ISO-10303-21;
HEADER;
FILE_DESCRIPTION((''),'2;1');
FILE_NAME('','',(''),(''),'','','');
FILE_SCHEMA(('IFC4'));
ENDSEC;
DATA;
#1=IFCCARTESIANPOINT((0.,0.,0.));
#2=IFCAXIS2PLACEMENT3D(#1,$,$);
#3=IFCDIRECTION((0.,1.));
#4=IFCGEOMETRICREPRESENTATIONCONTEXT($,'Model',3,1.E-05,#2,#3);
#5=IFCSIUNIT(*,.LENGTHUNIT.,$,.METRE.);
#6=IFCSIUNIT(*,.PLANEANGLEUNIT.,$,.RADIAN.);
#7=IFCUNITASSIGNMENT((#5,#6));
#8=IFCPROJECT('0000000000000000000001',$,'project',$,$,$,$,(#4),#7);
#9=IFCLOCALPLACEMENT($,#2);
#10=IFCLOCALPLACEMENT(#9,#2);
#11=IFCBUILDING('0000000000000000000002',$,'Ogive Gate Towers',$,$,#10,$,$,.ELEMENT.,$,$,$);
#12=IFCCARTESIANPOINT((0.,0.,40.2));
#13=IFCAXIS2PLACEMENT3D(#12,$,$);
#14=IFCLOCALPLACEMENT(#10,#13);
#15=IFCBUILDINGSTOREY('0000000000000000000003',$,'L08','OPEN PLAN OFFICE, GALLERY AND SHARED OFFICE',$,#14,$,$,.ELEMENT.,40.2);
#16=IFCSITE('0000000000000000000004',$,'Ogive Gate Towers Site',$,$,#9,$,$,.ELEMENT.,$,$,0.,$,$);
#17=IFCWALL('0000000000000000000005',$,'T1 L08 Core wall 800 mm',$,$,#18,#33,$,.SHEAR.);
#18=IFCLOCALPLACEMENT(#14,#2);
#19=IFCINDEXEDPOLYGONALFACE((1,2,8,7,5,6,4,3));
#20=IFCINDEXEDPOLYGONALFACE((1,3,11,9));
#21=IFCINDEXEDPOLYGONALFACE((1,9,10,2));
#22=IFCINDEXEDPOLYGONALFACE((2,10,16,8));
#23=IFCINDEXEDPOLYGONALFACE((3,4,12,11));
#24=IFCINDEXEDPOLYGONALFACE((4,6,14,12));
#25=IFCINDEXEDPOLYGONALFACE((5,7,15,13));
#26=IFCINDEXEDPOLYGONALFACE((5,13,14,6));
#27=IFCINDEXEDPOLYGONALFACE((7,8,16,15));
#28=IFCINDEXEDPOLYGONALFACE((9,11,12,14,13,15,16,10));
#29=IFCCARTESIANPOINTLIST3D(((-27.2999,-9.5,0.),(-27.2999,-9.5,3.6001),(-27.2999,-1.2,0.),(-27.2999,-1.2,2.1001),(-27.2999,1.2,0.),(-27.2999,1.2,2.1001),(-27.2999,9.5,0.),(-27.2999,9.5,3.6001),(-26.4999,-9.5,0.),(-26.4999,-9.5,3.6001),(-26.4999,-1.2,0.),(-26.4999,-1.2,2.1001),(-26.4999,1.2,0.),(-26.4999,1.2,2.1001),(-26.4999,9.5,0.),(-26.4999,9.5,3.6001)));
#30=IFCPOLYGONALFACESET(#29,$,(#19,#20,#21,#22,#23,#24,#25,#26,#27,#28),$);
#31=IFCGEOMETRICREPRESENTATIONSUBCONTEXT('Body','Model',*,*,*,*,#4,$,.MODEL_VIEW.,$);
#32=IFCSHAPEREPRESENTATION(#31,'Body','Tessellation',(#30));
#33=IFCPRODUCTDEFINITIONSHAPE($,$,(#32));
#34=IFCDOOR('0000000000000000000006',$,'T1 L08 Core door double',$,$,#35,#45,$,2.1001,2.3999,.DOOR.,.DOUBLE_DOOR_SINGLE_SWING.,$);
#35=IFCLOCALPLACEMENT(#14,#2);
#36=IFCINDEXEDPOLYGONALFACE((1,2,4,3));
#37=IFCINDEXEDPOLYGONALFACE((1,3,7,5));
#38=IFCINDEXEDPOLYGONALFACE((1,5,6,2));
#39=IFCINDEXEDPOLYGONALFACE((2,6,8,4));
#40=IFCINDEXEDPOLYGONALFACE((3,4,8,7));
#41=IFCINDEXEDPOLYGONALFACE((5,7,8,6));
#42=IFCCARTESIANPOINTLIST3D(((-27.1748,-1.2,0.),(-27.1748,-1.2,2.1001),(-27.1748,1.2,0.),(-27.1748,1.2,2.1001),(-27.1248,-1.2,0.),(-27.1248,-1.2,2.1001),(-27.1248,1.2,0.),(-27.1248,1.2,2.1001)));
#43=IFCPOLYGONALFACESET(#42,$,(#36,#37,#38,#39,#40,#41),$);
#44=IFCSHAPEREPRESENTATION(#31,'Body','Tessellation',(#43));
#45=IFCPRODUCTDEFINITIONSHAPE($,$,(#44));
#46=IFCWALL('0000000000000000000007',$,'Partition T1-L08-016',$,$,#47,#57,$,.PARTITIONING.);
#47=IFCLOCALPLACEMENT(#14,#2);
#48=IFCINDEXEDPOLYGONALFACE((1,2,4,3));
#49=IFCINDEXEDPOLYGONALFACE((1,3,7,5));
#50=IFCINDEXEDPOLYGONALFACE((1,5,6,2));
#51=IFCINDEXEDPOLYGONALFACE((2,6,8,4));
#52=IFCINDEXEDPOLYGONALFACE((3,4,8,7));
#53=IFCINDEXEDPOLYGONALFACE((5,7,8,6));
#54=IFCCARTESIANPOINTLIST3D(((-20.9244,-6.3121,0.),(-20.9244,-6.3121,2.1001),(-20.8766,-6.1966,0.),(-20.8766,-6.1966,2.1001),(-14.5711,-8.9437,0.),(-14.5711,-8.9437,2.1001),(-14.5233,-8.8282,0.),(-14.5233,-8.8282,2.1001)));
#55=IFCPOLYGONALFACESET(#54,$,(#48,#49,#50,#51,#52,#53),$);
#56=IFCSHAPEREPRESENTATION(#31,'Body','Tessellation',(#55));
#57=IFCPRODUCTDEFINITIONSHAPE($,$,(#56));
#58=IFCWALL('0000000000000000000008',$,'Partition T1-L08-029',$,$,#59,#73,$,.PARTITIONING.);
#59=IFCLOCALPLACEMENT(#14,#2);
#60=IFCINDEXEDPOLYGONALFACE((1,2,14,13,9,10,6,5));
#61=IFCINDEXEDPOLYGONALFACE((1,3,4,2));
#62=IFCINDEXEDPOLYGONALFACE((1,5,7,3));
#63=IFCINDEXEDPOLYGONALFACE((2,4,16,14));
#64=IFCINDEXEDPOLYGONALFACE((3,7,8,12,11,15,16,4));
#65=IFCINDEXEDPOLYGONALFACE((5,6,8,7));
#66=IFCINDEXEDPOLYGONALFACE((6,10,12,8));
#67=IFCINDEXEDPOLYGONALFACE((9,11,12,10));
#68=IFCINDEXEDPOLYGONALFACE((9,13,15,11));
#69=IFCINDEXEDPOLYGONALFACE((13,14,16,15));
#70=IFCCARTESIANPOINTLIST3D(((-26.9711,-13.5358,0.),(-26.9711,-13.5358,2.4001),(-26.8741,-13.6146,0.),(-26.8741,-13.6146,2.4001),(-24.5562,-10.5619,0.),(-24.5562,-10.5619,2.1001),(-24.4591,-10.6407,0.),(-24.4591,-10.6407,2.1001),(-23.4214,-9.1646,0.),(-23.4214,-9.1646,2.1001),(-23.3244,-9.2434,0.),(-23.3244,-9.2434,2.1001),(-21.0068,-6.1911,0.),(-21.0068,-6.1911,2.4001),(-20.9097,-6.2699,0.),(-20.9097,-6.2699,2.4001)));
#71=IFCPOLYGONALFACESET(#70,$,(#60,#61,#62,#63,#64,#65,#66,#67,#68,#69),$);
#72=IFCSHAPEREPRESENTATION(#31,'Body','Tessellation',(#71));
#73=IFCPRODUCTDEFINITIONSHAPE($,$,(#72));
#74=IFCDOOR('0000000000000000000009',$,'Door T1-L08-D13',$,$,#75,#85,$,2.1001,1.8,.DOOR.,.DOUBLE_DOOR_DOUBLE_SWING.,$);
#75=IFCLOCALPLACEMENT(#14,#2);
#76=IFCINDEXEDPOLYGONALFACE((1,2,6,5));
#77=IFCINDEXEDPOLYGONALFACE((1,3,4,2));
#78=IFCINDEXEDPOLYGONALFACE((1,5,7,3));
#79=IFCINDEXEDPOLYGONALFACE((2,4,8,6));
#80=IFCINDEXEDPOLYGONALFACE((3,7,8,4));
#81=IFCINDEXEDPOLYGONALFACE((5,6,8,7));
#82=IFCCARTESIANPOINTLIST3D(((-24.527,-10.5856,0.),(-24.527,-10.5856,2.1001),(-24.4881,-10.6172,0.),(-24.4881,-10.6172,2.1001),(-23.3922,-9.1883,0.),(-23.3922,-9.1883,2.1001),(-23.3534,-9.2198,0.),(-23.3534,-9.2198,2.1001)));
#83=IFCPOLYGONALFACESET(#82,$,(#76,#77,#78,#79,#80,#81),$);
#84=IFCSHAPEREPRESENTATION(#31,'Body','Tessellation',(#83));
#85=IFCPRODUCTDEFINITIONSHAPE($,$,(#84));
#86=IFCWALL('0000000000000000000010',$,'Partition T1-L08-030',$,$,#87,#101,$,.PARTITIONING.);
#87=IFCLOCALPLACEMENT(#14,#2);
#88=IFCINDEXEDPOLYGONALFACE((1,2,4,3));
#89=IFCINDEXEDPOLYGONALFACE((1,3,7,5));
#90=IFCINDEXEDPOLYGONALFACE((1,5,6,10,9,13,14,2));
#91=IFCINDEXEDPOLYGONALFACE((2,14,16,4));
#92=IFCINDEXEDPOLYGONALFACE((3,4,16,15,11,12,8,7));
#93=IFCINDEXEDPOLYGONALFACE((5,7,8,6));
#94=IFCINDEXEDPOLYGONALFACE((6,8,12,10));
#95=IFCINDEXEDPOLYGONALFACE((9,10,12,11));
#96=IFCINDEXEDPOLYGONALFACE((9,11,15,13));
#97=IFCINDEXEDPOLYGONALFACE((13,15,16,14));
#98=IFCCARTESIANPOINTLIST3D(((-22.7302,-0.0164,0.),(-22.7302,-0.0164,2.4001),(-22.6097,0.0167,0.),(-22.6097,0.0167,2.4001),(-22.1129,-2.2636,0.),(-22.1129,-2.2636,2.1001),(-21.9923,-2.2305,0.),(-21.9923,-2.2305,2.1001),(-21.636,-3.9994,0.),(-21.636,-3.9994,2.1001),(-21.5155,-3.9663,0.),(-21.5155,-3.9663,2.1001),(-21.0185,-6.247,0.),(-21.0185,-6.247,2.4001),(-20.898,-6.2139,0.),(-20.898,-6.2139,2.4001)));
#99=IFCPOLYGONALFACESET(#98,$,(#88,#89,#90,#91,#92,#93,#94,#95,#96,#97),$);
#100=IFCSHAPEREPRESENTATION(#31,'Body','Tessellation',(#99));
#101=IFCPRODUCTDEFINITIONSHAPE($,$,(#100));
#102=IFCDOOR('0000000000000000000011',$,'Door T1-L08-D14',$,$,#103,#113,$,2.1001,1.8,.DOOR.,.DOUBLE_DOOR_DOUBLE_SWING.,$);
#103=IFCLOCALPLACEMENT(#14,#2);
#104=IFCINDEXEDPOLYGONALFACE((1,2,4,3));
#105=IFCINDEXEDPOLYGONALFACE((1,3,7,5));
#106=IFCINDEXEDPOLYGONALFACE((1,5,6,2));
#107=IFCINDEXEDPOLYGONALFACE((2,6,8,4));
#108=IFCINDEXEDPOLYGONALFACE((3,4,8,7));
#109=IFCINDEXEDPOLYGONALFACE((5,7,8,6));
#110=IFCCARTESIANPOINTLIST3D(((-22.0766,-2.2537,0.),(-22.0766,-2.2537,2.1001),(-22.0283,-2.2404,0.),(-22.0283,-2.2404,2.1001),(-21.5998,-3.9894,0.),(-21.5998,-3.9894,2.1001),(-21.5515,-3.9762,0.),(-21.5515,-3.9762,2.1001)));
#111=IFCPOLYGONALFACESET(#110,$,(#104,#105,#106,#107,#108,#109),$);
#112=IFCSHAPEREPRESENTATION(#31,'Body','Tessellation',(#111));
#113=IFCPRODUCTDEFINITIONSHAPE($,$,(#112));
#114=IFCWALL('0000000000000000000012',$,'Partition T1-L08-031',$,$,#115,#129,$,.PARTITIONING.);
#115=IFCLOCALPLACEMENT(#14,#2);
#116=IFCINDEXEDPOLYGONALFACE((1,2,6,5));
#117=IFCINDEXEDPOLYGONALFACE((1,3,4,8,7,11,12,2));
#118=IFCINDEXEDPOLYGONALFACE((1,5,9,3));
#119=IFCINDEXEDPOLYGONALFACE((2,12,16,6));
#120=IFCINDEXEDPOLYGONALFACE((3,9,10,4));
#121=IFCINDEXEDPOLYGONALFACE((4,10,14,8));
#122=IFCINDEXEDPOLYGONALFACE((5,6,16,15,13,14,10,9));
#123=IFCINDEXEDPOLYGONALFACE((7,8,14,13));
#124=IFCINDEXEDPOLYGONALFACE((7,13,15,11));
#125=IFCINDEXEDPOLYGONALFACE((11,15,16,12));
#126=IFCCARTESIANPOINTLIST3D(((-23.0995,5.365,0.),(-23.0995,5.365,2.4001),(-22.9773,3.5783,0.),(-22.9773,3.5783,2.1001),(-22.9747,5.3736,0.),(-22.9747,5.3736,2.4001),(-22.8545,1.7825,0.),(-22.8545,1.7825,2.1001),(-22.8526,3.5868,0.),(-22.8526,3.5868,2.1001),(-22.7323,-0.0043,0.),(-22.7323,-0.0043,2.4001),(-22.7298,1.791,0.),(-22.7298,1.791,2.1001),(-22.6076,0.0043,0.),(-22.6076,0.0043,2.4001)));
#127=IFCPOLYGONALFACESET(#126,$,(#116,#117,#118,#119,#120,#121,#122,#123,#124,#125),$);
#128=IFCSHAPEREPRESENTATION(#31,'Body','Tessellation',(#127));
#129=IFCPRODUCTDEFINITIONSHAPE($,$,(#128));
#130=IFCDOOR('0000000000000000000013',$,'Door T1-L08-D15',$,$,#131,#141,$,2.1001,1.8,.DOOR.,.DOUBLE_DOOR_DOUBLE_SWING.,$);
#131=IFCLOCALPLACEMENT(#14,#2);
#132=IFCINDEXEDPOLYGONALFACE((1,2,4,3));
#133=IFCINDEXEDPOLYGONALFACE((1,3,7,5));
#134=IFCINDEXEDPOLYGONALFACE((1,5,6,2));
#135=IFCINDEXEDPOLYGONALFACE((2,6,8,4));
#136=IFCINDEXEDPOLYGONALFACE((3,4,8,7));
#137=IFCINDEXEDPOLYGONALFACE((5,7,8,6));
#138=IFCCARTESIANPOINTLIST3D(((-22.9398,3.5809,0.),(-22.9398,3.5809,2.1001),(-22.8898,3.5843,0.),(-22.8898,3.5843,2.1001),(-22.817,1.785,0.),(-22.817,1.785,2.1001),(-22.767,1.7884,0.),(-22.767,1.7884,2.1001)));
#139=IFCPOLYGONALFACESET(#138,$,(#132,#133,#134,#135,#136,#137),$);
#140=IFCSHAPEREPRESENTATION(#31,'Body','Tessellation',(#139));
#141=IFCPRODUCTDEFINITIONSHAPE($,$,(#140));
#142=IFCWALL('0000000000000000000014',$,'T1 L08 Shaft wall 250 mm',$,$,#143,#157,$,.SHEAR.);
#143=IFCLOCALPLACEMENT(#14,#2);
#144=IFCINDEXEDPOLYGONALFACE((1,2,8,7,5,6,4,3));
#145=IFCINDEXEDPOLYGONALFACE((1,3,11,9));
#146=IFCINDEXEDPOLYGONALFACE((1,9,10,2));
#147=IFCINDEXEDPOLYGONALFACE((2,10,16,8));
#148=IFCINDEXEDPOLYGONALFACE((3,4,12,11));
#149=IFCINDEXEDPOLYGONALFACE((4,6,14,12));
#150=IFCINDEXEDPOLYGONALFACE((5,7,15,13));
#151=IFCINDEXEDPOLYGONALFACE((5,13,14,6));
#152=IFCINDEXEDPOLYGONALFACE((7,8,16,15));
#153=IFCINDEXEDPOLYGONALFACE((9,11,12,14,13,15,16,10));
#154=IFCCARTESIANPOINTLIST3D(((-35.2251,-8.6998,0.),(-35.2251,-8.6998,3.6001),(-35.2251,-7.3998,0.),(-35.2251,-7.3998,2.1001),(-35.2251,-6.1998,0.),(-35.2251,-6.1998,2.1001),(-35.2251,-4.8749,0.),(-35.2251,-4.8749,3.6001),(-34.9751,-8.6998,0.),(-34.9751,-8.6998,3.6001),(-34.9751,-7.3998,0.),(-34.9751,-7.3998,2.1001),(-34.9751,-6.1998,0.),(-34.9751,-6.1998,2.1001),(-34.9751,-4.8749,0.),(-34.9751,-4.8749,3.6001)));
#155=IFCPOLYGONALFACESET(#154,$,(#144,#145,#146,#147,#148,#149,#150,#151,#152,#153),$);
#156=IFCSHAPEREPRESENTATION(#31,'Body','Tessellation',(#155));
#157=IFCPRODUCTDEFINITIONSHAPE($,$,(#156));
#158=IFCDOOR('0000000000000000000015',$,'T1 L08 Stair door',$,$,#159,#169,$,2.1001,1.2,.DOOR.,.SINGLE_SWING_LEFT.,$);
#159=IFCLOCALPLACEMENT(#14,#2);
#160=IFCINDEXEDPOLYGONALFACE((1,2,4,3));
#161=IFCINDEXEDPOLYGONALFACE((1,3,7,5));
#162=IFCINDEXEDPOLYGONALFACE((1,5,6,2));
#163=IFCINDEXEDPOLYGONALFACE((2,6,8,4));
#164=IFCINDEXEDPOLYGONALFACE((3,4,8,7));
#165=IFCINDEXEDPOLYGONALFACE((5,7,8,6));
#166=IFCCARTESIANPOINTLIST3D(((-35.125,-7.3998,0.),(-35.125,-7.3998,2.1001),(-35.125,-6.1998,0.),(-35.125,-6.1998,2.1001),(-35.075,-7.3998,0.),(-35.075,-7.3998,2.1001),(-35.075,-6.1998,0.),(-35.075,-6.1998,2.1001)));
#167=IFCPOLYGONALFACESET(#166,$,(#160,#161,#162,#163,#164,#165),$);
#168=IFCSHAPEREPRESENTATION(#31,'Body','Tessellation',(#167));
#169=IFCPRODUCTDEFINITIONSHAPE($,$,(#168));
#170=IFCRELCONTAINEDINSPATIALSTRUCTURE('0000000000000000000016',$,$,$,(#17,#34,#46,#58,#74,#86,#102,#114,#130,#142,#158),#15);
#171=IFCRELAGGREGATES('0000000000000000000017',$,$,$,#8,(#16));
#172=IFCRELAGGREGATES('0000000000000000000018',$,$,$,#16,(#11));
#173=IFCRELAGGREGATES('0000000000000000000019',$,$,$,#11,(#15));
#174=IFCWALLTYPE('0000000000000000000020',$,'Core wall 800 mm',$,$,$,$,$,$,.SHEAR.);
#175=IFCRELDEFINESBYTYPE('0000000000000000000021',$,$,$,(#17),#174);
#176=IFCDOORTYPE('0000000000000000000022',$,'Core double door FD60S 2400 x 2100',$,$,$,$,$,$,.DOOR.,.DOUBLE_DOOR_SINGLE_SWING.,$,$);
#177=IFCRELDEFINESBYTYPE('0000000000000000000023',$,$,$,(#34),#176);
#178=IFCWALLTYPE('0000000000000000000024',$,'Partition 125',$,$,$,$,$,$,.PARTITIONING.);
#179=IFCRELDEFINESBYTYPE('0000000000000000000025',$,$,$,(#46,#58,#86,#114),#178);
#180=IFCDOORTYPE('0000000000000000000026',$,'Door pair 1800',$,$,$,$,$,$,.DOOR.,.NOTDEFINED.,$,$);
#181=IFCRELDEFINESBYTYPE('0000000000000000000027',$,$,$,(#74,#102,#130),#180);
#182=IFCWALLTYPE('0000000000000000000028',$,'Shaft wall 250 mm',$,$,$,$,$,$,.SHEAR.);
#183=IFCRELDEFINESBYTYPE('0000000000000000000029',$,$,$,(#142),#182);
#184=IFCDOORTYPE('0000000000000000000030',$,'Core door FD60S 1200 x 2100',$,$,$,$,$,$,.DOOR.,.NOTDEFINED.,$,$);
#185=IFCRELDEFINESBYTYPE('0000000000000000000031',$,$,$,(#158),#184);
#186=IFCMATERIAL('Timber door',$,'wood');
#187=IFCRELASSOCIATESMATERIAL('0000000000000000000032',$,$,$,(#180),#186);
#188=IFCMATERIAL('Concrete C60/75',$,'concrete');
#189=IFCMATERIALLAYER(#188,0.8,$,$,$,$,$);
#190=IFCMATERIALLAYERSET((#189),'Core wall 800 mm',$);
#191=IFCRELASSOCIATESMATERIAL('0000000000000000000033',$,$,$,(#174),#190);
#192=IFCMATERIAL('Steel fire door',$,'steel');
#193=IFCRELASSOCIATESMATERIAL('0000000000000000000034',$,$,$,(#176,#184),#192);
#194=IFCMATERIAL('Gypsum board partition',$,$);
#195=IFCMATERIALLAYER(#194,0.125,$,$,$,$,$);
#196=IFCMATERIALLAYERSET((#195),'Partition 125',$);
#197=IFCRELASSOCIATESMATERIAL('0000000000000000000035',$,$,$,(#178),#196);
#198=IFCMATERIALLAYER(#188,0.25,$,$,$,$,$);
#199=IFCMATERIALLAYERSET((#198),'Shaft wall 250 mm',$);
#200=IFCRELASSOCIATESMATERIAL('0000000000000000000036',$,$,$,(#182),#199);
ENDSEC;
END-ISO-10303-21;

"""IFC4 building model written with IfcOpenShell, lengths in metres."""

from ifc_helpers import new_model, si_unit, direction, frame, frame_2d, origin, place, context, subcontext, project, spatial, rectangle, extrude, material, layer, layer_set, type_object, element, fill, save


model = new_model("IFC4")

# Units and contexts
model_context = context("Model", 3, precision=1e-05, world=origin(), true_north=direction((0.0, 1.0)))
body_context = subcontext(model_context, "Body", "Model", "MODEL_VIEW")
ifc_project = project(units=[si_unit("LENGTHUNIT", "METRE"), si_unit("PLANEANGLEUNIT", "RADIAN")], contexts=[model_context])

# Site, building, storey
site_placement = place(None, origin())
site = spatial("IfcSite", under=ifc_project, at=site_placement, Name="Ogive Gate Towers Site", CompositionType="ELEMENT", RefElevation=0.0)
building_placement = place(site_placement, origin())
building = spatial("IfcBuilding", under=site, at=building_placement, Name="Ogive Gate Towers", CompositionType="ELEMENT")
storey_placement = place(building_placement, frame((0.0, 0.0, 40.2)))
storey = spatial("IfcBuildingStorey", under=building, at=storey_placement, Name="L08", Description="OPEN PLAN OFFICE, GALLERY AND SHARED OFFICE", CompositionType="ELEMENT", Elevation=40.2)

# Wall, opening, door
ifc_material_1 = material(Name="Timber door", Category="wood")
door_type_1 = type_object("IfcDoorType", Name="Door pair 1800", OperationType="NOTDEFINED", PredefinedType="DOOR", material=ifc_material_1)
ifc_material_2 = material(Name="Concrete C60/75", Category="concrete")
ifc_layer_1 = layer(ifc_material_2, 0.8)
ifc_layer_set_1 = layer_set([ifc_layer_1], Name="Core wall 800 mm")
wall_type_1 = type_object("IfcWallType", Name="Core wall 800 mm", PredefinedType="SHEAR", material=ifc_layer_set_1)
wall_1_placement = place(storey_placement, frame((-26.8999, -9.5, 0.0), z_axis=(0.0, 0.0, 1.0), x_axis=(0.0, 1.0, 0.0)))
wall_1 = element("IfcWall", 1, at=wall_1_placement, inside=storey, type_object=wall_type_1, Name="T1 L08 Core wall 800 mm", PredefinedType="SHEAR", context=body_context, shape_type="SweptSolid", body=[
    extrude(rectangle(XDim=19.0, YDim=0.8, at=frame_2d((9.5, 0.0))), origin(), (0.0, 0.0, 1.0), 3.6001),
])
opening_1_placement = place(wall_1_placement, frame((8.3, 0.0, 0.0)))
opening_1 = element("IfcOpeningElement", 2, at=opening_1_placement, cuts=wall_1, PredefinedType="OPENING", context=body_context, shape_type="SweptSolid", body=[
    extrude(rectangle(XDim=2.3999, YDim=2.1001, at=frame_2d((1.2, 1.05))), frame((0.0, 0.4102, 0.0), z_axis=(0.0, -1.0, 0.0), x_axis=(1.0, 0.0, 0.0)), (0.0, 0.0, 1.0), 0.8201),
])
ifc_material_3 = material(Name="Steel fire door", Category="steel")
door_type_2 = type_object("IfcDoorType", Name="Core double door FD60S 2400 x 2100", OperationType="DOUBLE_DOOR_SINGLE_SWING", PredefinedType="DOOR", material=ifc_material_3)
door_1_placement = place(opening_1_placement, origin())
door_1 = element("IfcDoor", 3, at=door_1_placement, inside=storey, type_object=door_type_2, Name="T1 L08 Core door double", OperationType="DOUBLE_DOOR_SINGLE_SWING", OverallHeight=2.1001, OverallWidth=2.3999, PredefinedType="DOOR", context=body_context, shape_type="SweptSolid", body=[
    extrude(rectangle(XDim=2.3999, YDim=2.1001, at=frame_2d((1.2, 1.05))), frame((0.0, 0.2749, 0.0), z_axis=(0.0, -1.0, 0.0), x_axis=(1.0, 0.0, 0.0)), (0.0, 0.0, 1.0), 0.05),
])
fill(opening_1, door_1)

# Wall
ifc_material_4 = material(Name="Gypsum board partition")
ifc_layer_2 = layer(ifc_material_4, 0.125)
ifc_layer_set_2 = layer_set([ifc_layer_2], Name="Partition 125")
wall_type_2 = type_object("IfcWallType", Name="Partition 125", PredefinedType="PARTITIONING", material=ifc_layer_set_2)
wall_2_placement = place(storey_placement, frame((-14.5471, -8.886, 0.0), z_axis=(0.0, 0.0, 1.0), x_axis=(-0.923881, 0.382681, 0.0)))
element("IfcWall", 4, at=wall_2_placement, inside=storey, type_object=wall_type_2, Name="Partition T1-L08-016", PredefinedType="PARTITIONING", context=body_context, shape_type="SweptSolid", body=[
    extrude(rectangle(XDim=6.8767, YDim=0.125, at=frame_2d((3.4385, 0.0))), origin(), (0.0, 0.0, 1.0), 2.1001),
])

# Walls, openings, doors
wall_3_placement = place(storey_placement, frame((-26.9226, -13.5752, 0.0), z_axis=(0.0, 0.0, 1.0), x_axis=(0.630387, 0.776281, 0.0)))
wall_3 = element("IfcWall", 5, at=wall_3_placement, inside=storey, type_object=wall_type_2, Name="Partition T1-L08-029", PredefinedType="PARTITIONING", context=body_context, shape_type="SweptSolid", body=[
    extrude(rectangle(XDim=9.4614, YDim=0.125, at=frame_2d((4.7307, 0.0))), origin(), (0.0, 0.0, 1.0), 2.4001),
])
opening_2_placement = place(wall_3_placement, frame((3.8311, 0.0, 0.0)))
opening_2 = element("IfcOpeningElement", 6, at=opening_2_placement, cuts=wall_3, PredefinedType="OPENING", context=body_context, shape_type="SweptSolid", body=[
    extrude(rectangle(XDim=1.8, YDim=2.1001, at=frame_2d((0.8999, 1.05))), frame((0.0, 0.0725, 0.0), z_axis=(0.0, -1.0, 0.0), x_axis=(1.0, 0.0, 0.0)), (0.0, 0.0, 1.0), 0.145),
])
door_2_placement = place(opening_2_placement, origin())
door_2 = element("IfcDoor", 7, at=door_2_placement, inside=storey, type_object=door_type_1, Name="Door T1-L08-D13", OperationType="DOUBLE_DOOR_DOUBLE_SWING", OverallHeight=2.1001, OverallWidth=1.8, PredefinedType="DOOR", context=body_context, shape_type="SweptSolid", body=[
    extrude(rectangle(XDim=1.8, YDim=2.1001, at=frame_2d((0.8999, 1.05))), frame((0.0, 0.0249, 0.0), z_axis=(0.0, -1.0, 0.0), x_axis=(1.0, 0.0, 0.0)), (0.0, 0.0, 1.0), 0.05),
])
fill(opening_2, door_2)
wall_4_placement = place(storey_placement, frame((-20.9583, -6.2305, 0.0), z_axis=(0.0, 0.0, 1.0), x_axis=(-0.264911, 0.964273, 0.0)))
wall_4 = element("IfcWall", 8, at=wall_4_placement, inside=storey, type_object=wall_type_2, Name="Partition T1-L08-030", PredefinedType="PARTITIONING", context=body_context, shape_type="SweptSolid", body=[
    extrude(rectangle(XDim=6.4614, YDim=0.125, at=frame_2d((3.2307, 0.0))), origin(), (0.0, 0.0, 1.0), 2.4001),
])
opening_3_placement = place(wall_4_placement, frame((2.3311, 0.0, 0.0)))
opening_3 = element("IfcOpeningElement", 9, at=opening_3_placement, cuts=wall_4, PredefinedType="OPENING", context=body_context, shape_type="SweptSolid", body=[
    extrude(rectangle(XDim=1.8, YDim=2.1001, at=frame_2d((0.8999, 1.05))), frame((0.0, 0.0725, 0.0), z_axis=(0.0, -1.0, 0.0), x_axis=(1.0, 0.0, 0.0)), (0.0, 0.0, 1.0), 0.145),
])
door_3_placement = place(opening_3_placement, origin())
door_3 = element("IfcDoor", 10, at=door_3_placement, inside=storey, type_object=door_type_1, Name="Door T1-L08-D14", OperationType="DOUBLE_DOOR_DOUBLE_SWING", OverallHeight=2.1001, OverallWidth=1.8, PredefinedType="DOOR", context=body_context, shape_type="SweptSolid", body=[
    extrude(rectangle(XDim=1.8, YDim=2.1001, at=frame_2d((0.8999, 1.05))), frame((0.0, 0.0249, 0.0), z_axis=(0.0, -1.0, 0.0), x_axis=(1.0, 0.0, 0.0)), (0.0, 0.0, 1.0), 0.05),
])
fill(opening_3, door_3)
wall_5_placement = place(storey_placement, frame((-22.6699, 0.0, 0.0), z_axis=(0.0, 0.0, 1.0), x_axis=(-0.068226, 0.99767, 0.0)))
wall_5 = element("IfcWall", 11, at=wall_5_placement, inside=storey, type_object=wall_type_2, Name="Partition T1-L08-031", PredefinedType="PARTITIONING", context=body_context, shape_type="SweptSolid", body=[
    extrude(rectangle(XDim=5.3818, YDim=0.125, at=frame_2d((2.6909, 0.0))), origin(), (0.0, 0.0, 1.0), 2.4001),
])
opening_4_placement = place(wall_5_placement, frame((1.791, 0.0, 0.0)))
opening_4 = element("IfcOpeningElement", 12, at=opening_4_placement, cuts=wall_5, PredefinedType="OPENING", context=body_context, shape_type="SweptSolid", body=[
    extrude(rectangle(XDim=1.8, YDim=2.1001, at=frame_2d((0.8999, 1.05))), frame((0.0, 0.0725, 0.0), z_axis=(0.0, -1.0, 0.0), x_axis=(1.0, 0.0, 0.0)), (0.0, 0.0, 1.0), 0.145),
])
door_4_placement = place(opening_4_placement, origin())
door_4 = element("IfcDoor", 13, at=door_4_placement, inside=storey, type_object=door_type_1, Name="Door T1-L08-D15", OperationType="DOUBLE_DOOR_DOUBLE_SWING", OverallHeight=2.1001, OverallWidth=1.8, PredefinedType="DOOR", context=body_context, shape_type="SweptSolid", body=[
    extrude(rectangle(XDim=1.8, YDim=2.1001, at=frame_2d((0.8999, 1.05))), frame((0.0, 0.0249, 0.0), z_axis=(0.0, -1.0, 0.0), x_axis=(1.0, 0.0, 0.0)), (0.0, 0.0, 1.0), 0.05),
])
fill(opening_4, door_4)
ifc_layer_3 = layer(ifc_material_2, 0.25)
ifc_layer_set_3 = layer_set([ifc_layer_3], Name="Shaft wall 250 mm")
wall_type_3 = type_object("IfcWallType", Name="Shaft wall 250 mm", PredefinedType="SHEAR", material=ifc_layer_set_3)
wall_6_placement = place(storey_placement, frame((-35.1001, -8.7, 0.0), z_axis=(0.0, 0.0, 1.0), x_axis=(0.0, 1.0, 0.0)))
wall_6 = element("IfcWall", 14, at=wall_6_placement, inside=storey, type_object=wall_type_3, Name="T1 L08 Shaft wall 250 mm", PredefinedType="SHEAR", context=body_context, shape_type="SweptSolid", body=[
    extrude(rectangle(XDim=3.825, YDim=0.25, at=frame_2d((1.9126, 0.0))), origin(), (0.0, 0.0, 1.0), 3.6001),
])
opening_5_placement = place(wall_6_placement, frame((1.3, 0.0, 0.0)))
opening_5 = element("IfcOpeningElement", 15, at=opening_5_placement, cuts=wall_6, PredefinedType="OPENING", context=body_context, shape_type="SweptSolid", body=[
    extrude(rectangle(XDim=1.2, YDim=2.1001, at=frame_2d((0.6001, 1.05))), frame((0.0, 0.135, 0.0), z_axis=(0.0, -1.0, 0.0), x_axis=(1.0, 0.0, 0.0)), (0.0, 0.0, 1.0), 0.27),
])
door_type_3 = type_object("IfcDoorType", Name="Core door FD60S 1200 x 2100", OperationType="NOTDEFINED", PredefinedType="DOOR", material=ifc_material_3)
door_5_placement = place(opening_5_placement, origin())
door_5 = element("IfcDoor", 16, at=door_5_placement, inside=storey, type_object=door_type_3, Name="T1 L08 Stair door", OperationType="SINGLE_SWING_LEFT", OverallHeight=2.1001, OverallWidth=1.2, PredefinedType="DOOR", context=body_context, shape_type="SweptSolid", body=[
    extrude(rectangle(XDim=1.2, YDim=2.1001, at=frame_2d((0.6001, 1.05))), frame((0.0, 0.0249, 0.0), z_axis=(0.0, -1.0, 0.0), x_axis=(1.0, 0.0, 0.0)), (0.0, 0.0, 1.0), 0.05),
])
fill(opening_5, door_5)

save(model, "model.ifc")
